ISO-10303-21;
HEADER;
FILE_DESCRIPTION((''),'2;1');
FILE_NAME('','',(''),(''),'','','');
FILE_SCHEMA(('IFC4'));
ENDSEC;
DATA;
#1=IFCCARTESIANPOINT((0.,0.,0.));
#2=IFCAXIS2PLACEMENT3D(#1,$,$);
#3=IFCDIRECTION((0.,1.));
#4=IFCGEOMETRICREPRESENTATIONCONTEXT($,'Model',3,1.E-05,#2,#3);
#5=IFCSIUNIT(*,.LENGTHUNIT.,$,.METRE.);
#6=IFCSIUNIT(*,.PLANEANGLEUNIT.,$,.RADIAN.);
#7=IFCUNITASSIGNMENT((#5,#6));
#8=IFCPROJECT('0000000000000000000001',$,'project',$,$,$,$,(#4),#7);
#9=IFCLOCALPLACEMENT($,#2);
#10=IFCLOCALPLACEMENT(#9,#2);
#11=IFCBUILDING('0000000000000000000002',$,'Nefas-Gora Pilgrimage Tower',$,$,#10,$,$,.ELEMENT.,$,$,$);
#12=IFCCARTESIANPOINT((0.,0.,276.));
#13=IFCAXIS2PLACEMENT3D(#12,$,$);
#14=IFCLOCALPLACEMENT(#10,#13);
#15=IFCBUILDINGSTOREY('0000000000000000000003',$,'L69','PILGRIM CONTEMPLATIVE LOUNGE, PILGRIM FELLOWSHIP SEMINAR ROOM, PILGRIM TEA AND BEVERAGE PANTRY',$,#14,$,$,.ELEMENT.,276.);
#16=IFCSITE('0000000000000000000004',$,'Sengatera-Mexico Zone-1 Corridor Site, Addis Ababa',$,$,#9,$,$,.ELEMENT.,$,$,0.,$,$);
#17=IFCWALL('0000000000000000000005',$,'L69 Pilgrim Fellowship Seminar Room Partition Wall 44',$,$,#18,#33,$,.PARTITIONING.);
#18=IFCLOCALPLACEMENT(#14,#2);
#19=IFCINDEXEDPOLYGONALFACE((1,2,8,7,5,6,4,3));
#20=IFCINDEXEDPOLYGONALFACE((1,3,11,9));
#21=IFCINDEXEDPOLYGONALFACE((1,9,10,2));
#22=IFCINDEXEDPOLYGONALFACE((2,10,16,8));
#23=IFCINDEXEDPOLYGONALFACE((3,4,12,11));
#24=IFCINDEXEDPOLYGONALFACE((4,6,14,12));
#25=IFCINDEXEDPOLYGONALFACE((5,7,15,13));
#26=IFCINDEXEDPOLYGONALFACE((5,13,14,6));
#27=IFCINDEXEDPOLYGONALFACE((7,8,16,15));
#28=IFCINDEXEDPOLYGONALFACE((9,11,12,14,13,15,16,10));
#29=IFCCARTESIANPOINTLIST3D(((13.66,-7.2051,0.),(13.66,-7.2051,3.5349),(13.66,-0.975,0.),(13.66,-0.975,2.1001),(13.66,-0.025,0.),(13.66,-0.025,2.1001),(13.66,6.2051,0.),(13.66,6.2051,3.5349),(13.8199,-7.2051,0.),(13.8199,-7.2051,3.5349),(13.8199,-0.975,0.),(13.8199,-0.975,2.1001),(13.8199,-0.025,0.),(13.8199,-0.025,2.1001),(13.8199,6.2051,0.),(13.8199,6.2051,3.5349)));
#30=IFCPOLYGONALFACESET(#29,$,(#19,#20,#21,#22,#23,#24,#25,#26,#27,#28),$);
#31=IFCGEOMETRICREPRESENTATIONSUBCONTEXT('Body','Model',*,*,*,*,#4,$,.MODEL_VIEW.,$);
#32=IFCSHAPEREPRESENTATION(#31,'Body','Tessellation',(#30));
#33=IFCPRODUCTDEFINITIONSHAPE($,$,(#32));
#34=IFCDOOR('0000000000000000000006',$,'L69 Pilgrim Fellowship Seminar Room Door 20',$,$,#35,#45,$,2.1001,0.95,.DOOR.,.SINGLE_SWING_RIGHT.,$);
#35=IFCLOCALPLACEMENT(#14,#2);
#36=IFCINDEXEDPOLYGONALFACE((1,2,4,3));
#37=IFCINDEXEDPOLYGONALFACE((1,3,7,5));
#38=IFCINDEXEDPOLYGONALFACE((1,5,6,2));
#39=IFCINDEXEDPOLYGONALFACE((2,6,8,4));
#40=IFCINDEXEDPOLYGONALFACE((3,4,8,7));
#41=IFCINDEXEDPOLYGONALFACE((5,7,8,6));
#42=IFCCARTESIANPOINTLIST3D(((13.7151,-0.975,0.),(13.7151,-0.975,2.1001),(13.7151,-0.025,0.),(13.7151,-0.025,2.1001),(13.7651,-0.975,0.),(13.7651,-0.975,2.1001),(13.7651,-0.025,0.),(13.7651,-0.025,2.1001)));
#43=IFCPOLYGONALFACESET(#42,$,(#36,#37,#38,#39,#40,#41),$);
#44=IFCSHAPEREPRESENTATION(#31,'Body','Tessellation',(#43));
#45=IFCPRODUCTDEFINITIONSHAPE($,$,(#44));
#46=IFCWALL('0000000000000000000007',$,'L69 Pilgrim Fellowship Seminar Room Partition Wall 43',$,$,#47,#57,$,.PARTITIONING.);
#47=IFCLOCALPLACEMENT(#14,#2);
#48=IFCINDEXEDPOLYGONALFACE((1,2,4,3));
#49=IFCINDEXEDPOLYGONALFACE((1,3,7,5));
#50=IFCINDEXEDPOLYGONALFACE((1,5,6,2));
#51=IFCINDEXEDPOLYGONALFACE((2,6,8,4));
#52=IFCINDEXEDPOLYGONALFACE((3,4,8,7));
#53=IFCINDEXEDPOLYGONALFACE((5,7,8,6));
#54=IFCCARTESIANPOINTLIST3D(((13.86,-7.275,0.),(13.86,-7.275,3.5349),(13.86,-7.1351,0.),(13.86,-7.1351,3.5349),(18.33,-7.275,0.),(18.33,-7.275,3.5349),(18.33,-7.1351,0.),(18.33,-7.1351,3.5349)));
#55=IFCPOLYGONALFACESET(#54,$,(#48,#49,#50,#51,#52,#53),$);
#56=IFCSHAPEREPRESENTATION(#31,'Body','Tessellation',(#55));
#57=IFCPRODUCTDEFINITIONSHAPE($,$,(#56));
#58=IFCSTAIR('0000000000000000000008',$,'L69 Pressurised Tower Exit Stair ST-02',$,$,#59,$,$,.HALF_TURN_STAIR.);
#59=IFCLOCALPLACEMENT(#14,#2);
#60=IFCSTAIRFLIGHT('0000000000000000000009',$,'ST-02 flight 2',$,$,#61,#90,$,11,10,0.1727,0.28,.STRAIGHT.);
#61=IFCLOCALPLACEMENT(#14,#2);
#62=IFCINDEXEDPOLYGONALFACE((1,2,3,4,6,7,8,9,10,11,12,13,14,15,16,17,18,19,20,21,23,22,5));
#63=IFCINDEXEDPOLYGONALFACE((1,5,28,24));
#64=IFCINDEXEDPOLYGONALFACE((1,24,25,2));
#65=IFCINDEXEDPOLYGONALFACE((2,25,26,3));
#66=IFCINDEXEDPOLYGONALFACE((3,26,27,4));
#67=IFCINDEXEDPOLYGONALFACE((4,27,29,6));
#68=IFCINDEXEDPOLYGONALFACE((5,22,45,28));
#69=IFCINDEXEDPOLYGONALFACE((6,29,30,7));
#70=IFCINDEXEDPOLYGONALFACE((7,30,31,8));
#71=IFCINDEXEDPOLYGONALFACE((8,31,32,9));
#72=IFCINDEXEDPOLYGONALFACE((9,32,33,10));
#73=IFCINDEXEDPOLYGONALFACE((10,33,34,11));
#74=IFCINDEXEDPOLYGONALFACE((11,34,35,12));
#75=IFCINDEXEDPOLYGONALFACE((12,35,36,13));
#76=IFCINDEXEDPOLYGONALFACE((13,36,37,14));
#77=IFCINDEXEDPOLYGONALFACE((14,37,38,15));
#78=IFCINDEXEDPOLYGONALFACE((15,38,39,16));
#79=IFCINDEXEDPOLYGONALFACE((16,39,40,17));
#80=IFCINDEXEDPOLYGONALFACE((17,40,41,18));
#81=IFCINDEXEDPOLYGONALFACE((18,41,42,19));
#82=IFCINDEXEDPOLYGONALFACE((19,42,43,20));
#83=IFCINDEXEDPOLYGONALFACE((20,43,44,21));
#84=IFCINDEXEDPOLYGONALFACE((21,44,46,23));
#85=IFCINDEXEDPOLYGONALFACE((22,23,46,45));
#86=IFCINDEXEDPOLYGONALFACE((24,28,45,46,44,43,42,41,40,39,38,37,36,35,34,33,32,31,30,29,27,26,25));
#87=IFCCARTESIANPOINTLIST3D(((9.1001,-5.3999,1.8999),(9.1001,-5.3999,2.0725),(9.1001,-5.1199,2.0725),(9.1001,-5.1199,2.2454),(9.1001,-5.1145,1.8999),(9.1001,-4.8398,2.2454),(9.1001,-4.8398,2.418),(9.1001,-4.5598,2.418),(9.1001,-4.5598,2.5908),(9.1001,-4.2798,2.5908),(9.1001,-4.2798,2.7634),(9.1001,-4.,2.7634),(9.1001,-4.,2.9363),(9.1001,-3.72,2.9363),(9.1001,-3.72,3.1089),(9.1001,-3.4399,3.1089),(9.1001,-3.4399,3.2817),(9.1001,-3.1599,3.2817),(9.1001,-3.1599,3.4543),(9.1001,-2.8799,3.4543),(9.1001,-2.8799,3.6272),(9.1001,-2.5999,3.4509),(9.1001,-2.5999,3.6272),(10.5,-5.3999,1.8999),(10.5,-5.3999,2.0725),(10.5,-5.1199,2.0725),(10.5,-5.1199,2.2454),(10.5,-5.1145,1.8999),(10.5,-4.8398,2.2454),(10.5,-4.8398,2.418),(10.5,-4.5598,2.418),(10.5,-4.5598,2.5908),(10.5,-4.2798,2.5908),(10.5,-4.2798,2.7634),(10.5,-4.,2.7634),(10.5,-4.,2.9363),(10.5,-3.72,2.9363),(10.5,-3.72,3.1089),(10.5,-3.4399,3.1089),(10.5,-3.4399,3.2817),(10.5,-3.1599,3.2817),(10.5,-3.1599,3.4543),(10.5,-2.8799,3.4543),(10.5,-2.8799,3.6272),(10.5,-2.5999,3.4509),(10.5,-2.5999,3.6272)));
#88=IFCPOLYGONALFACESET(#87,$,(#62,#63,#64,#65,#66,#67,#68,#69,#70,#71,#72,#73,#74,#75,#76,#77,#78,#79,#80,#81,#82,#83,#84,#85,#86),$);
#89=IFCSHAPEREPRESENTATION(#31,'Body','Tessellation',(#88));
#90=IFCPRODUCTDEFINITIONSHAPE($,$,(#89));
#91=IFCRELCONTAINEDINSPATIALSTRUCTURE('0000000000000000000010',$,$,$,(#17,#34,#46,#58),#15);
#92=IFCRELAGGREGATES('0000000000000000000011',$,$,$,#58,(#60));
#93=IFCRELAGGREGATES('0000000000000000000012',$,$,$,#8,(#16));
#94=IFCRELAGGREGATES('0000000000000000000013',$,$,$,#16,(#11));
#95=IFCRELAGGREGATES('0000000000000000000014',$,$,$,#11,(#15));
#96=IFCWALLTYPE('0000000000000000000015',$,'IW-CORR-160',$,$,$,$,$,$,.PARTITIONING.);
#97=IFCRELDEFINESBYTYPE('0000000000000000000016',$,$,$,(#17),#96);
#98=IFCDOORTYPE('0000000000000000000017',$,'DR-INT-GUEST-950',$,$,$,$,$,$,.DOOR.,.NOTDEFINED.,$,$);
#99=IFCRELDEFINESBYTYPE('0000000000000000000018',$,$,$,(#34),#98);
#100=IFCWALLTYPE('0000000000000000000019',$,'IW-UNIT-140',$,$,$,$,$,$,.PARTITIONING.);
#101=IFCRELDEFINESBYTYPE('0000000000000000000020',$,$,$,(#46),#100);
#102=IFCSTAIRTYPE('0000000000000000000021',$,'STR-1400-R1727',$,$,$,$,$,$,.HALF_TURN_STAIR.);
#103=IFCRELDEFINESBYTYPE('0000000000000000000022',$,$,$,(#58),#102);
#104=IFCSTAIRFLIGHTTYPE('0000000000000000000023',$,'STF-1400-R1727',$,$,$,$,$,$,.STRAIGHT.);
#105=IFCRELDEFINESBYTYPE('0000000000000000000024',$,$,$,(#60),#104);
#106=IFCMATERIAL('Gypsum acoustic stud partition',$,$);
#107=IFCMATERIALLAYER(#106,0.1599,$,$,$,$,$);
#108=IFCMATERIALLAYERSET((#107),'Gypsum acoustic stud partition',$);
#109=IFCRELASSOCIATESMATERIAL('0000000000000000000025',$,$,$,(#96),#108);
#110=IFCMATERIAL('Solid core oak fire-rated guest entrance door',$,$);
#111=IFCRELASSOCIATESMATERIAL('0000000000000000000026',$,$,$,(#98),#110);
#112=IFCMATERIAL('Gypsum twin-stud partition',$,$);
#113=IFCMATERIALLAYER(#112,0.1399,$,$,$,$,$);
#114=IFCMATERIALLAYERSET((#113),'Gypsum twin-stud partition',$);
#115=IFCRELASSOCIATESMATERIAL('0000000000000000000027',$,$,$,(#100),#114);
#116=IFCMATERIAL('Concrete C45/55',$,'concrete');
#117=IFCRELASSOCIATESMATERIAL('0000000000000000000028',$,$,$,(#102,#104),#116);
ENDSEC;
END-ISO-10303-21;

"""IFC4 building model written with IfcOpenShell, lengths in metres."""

from ifc_helpers import new_model, si_unit, direction, frame, frame_2d, origin, place, context, subcontext, project, spatial, polyline, rectangle, outline, extrude, source, transform, mapped, material, layer, layer_set, type_object, element, fill, aggregate, save


model = new_model("IFC4")

# Units and contexts
model_context = context("Model", 3, precision=1e-05, world=origin(), true_north=direction((0.0, 1.0)))
body_context = subcontext(model_context, "Body", "Model", "MODEL_VIEW")
ifc_project = project(units=[si_unit("LENGTHUNIT", "METRE"), si_unit("PLANEANGLEUNIT", "RADIAN")], contexts=[model_context])

# Site, building, storey
site_placement = place(None, origin())
site = spatial("IfcSite", under=ifc_project, at=site_placement, Name="Sengatera-Mexico Zone-1 Corridor Site, Addis Ababa", CompositionType="ELEMENT", RefElevation=0.0)
building_placement = place(site_placement, origin())
building = spatial("IfcBuilding", under=site, at=building_placement, Name="Nefas-Gora Pilgrimage Tower", CompositionType="ELEMENT")
storey_placement = place(building_placement, frame((0.0, 0.0, 276.0)))
storey = spatial("IfcBuildingStorey", under=building, at=storey_placement, Name="L69", Description="PILGRIM CONTEMPLATIVE LOUNGE, PILGRIM FELLOWSHIP SEMINAR ROOM, PILGRIM TEA AND BEVERAGE PANTRY", CompositionType="ELEMENT", Elevation=276.0)

# Shared definitions
ifc_material_1 = material(Name="Concrete C45/55", Category="concrete")

# Wall, opening, door
ifc_material_2 = material(Name="Gypsum acoustic stud partition")
ifc_layer_1 = layer(ifc_material_2, 0.1599)
ifc_layer_set_1 = layer_set([ifc_layer_1], Name="Gypsum acoustic stud partition")
wall_type_1 = type_object("IfcWallType", Name="IW-CORR-160", PredefinedType="PARTITIONING", material=ifc_layer_set_1)
shared_shape_1 = source(origin(), body_context, "Body", "SweptSolid", [
    extrude(rectangle(XDim=13.4102, YDim=0.1599, at=frame_2d((6.7051, 0.0))), origin(), (0.0, 0.0, 1.0), 3.5349),
])
wall_1_placement = place(storey_placement, frame((13.74, -7.2051, 0.0), z_axis=(0.0, 0.0, 1.0), x_axis=(0.0, 1.0, 0.0)))
wall_1 = element("IfcWall", 1, at=wall_1_placement, inside=storey, type_object=wall_type_1, Name="L69 Pilgrim Fellowship Seminar Room Partition Wall 44", PredefinedType="PARTITIONING", context=body_context, shape_type="MappedRepresentation", body=[
    mapped(shared_shape_1, transform((0.0, 0.0, 0.0), x_axis=(1.0, 0.0, 0.0), y_axis=(0.0, 1.0, 0.0), z_axis=(0.0, 0.0, 1.0), scale=1.0)),
])
opening_1_placement = place(wall_1_placement, frame((6.23, 0.0, 0.0)))
opening_1 = element("IfcOpeningElement", 2, at=opening_1_placement, cuts=wall_1, PredefinedType="OPENING", context=body_context, shape_type="SweptSolid", body=[
    extrude(rectangle(XDim=0.95, YDim=2.1001, at=frame_2d((0.4751, 1.05))), frame((0.0, 0.0898, 0.0), z_axis=(0.0, -1.0, 0.0), x_axis=(1.0, 0.0, 0.0)), (0.0, 0.0, 1.0), 0.1799),
])
ifc_material_3 = material(Name="Solid core oak fire-rated guest entrance door")
door_type_1 = type_object("IfcDoorType", Name="DR-INT-GUEST-950", OperationType="NOTDEFINED", PredefinedType="DOOR", material=ifc_material_3)
shared_shape_2 = source(origin(), body_context, "Body", "SweptSolid", [
    extrude(rectangle(XDim=0.95, YDim=2.1001, at=frame_2d((0.4751, 1.05))), frame((0.0, 0.0249, 0.0), z_axis=(0.0, -1.0, 0.0), x_axis=(1.0, 0.0, 0.0)), (0.0, 0.0, 1.0), 0.05),
])
door_1_placement = place(opening_1_placement, origin())
door_1 = element("IfcDoor", 3, at=door_1_placement, inside=storey, type_object=door_type_1, Name="L69 Pilgrim Fellowship Seminar Room Door 20", OperationType="SINGLE_SWING_RIGHT", OverallHeight=2.1001, OverallWidth=0.95, PredefinedType="DOOR", context=body_context, shape_type="MappedRepresentation", body=[
    mapped(shared_shape_2, transform((0.0, 0.0, 0.0), x_axis=(1.0, 0.0, 0.0), y_axis=(0.0, 1.0, 0.0), z_axis=(0.0, 0.0, 1.0), scale=1.0)),
])
fill(opening_1, door_1)

# Wall
ifc_material_4 = material(Name="Gypsum twin-stud partition")
ifc_layer_2 = layer(ifc_material_4, 0.1399)
ifc_layer_set_2 = layer_set([ifc_layer_2], Name="Gypsum twin-stud partition")
wall_type_2 = type_object("IfcWallType", Name="IW-UNIT-140", PredefinedType="PARTITIONING", material=ifc_layer_set_2)
shared_shape_3 = source(origin(), body_context, "Body", "SweptSolid", [
    extrude(rectangle(XDim=4.47, YDim=0.1399, at=frame_2d((2.2349, 0.0))), origin(), (0.0, 0.0, 1.0), 3.5349),
])
wall_2_placement = place(storey_placement, frame((13.8601, -7.2051, 0.0), z_axis=(0.0, 0.0, 1.0), x_axis=(1.0, 0.0, 0.0)))
element("IfcWall", 4, at=wall_2_placement, inside=storey, type_object=wall_type_2, Name="L69 Pilgrim Fellowship Seminar Room Partition Wall 43", PredefinedType="PARTITIONING", context=body_context, shape_type="MappedRepresentation", body=[
    mapped(shared_shape_3, transform((0.0, 0.0, 0.0), x_axis=(1.0, 0.0, 0.0), y_axis=(0.0, 1.0, 0.0), z_axis=(0.0, 0.0, 1.0), scale=1.0)),
])

# Stair, stair flight
stair_type = type_object("IfcStairType", Name="STR-1400-R1727", PredefinedType="HALF_TURN_STAIR", material=ifc_material_1)
stair_placement = place(storey_placement, origin())
stair = element("IfcStair", 5, at=stair_placement, inside=storey, type_object=stair_type, Name="L69 Pressurised Tower Exit Stair ST-02", PredefinedType="HALF_TURN_STAIR")
stair_flight_type = type_object("IfcStairFlightType", Name="STF-1400-R1727", PredefinedType="STRAIGHT", material=ifc_material_1)
shared_shape_4 = source(origin(), body_context, "Body", "SweptSolid", [
    extrude(outline(polyline([(0.0, 0.0), (0.0, 0.1726), (0.28, 0.1726), (0.28, 0.3455), (0.5601, 0.3455), (0.5601, 0.5181), (0.8401, 0.5181), (0.8401, 0.6909), (1.1201, 0.6909), (1.1201, 0.8635), (1.3999, 0.8635), (1.3999, 1.0364), (1.6799, 1.0364), (1.6799, 1.209), (1.96, 1.209), (1.96, 1.3818), (2.24, 1.3818), (2.24, 1.5544), (2.52, 1.5544), (2.52, 1.7273), (2.8, 1.7273), (2.8, 1.8999), (2.8, 1.551), (0.2854, 0.0), (0.0, 0.0)])), frame((0.0, 0.7, 0.0), z_axis=(0.0, -1.0, 0.0), x_axis=(1.0, 0.0, 0.0)), (0.0, 0.0, 1.0), 1.3999),
])
stair_flight_placement = place(storey_placement, frame((9.8, -5.3999, 1.8999), z_axis=(0.0, 0.0, 1.0), x_axis=(0.0, 1.0, 0.0)))
stair_flight = element("IfcStairFlight", 6, at=stair_flight_placement, type_object=stair_flight_type, Name="ST-02 flight 2", NumberOfRisers=11, NumberOfTreads=10, PredefinedType="STRAIGHT", RiserHeight=0.1727, TreadLength=0.28, context=body_context, shape_type="MappedRepresentation", body=[
    mapped(shared_shape_4, transform((0.0, 0.0, 0.0), x_axis=(1.0, 0.0, 0.0), y_axis=(0.0, 1.0, 0.0), z_axis=(0.0, 0.0, 1.0), scale=1.0)),
])
aggregate(stair, [stair_flight])

save(model, "model.ifc")
